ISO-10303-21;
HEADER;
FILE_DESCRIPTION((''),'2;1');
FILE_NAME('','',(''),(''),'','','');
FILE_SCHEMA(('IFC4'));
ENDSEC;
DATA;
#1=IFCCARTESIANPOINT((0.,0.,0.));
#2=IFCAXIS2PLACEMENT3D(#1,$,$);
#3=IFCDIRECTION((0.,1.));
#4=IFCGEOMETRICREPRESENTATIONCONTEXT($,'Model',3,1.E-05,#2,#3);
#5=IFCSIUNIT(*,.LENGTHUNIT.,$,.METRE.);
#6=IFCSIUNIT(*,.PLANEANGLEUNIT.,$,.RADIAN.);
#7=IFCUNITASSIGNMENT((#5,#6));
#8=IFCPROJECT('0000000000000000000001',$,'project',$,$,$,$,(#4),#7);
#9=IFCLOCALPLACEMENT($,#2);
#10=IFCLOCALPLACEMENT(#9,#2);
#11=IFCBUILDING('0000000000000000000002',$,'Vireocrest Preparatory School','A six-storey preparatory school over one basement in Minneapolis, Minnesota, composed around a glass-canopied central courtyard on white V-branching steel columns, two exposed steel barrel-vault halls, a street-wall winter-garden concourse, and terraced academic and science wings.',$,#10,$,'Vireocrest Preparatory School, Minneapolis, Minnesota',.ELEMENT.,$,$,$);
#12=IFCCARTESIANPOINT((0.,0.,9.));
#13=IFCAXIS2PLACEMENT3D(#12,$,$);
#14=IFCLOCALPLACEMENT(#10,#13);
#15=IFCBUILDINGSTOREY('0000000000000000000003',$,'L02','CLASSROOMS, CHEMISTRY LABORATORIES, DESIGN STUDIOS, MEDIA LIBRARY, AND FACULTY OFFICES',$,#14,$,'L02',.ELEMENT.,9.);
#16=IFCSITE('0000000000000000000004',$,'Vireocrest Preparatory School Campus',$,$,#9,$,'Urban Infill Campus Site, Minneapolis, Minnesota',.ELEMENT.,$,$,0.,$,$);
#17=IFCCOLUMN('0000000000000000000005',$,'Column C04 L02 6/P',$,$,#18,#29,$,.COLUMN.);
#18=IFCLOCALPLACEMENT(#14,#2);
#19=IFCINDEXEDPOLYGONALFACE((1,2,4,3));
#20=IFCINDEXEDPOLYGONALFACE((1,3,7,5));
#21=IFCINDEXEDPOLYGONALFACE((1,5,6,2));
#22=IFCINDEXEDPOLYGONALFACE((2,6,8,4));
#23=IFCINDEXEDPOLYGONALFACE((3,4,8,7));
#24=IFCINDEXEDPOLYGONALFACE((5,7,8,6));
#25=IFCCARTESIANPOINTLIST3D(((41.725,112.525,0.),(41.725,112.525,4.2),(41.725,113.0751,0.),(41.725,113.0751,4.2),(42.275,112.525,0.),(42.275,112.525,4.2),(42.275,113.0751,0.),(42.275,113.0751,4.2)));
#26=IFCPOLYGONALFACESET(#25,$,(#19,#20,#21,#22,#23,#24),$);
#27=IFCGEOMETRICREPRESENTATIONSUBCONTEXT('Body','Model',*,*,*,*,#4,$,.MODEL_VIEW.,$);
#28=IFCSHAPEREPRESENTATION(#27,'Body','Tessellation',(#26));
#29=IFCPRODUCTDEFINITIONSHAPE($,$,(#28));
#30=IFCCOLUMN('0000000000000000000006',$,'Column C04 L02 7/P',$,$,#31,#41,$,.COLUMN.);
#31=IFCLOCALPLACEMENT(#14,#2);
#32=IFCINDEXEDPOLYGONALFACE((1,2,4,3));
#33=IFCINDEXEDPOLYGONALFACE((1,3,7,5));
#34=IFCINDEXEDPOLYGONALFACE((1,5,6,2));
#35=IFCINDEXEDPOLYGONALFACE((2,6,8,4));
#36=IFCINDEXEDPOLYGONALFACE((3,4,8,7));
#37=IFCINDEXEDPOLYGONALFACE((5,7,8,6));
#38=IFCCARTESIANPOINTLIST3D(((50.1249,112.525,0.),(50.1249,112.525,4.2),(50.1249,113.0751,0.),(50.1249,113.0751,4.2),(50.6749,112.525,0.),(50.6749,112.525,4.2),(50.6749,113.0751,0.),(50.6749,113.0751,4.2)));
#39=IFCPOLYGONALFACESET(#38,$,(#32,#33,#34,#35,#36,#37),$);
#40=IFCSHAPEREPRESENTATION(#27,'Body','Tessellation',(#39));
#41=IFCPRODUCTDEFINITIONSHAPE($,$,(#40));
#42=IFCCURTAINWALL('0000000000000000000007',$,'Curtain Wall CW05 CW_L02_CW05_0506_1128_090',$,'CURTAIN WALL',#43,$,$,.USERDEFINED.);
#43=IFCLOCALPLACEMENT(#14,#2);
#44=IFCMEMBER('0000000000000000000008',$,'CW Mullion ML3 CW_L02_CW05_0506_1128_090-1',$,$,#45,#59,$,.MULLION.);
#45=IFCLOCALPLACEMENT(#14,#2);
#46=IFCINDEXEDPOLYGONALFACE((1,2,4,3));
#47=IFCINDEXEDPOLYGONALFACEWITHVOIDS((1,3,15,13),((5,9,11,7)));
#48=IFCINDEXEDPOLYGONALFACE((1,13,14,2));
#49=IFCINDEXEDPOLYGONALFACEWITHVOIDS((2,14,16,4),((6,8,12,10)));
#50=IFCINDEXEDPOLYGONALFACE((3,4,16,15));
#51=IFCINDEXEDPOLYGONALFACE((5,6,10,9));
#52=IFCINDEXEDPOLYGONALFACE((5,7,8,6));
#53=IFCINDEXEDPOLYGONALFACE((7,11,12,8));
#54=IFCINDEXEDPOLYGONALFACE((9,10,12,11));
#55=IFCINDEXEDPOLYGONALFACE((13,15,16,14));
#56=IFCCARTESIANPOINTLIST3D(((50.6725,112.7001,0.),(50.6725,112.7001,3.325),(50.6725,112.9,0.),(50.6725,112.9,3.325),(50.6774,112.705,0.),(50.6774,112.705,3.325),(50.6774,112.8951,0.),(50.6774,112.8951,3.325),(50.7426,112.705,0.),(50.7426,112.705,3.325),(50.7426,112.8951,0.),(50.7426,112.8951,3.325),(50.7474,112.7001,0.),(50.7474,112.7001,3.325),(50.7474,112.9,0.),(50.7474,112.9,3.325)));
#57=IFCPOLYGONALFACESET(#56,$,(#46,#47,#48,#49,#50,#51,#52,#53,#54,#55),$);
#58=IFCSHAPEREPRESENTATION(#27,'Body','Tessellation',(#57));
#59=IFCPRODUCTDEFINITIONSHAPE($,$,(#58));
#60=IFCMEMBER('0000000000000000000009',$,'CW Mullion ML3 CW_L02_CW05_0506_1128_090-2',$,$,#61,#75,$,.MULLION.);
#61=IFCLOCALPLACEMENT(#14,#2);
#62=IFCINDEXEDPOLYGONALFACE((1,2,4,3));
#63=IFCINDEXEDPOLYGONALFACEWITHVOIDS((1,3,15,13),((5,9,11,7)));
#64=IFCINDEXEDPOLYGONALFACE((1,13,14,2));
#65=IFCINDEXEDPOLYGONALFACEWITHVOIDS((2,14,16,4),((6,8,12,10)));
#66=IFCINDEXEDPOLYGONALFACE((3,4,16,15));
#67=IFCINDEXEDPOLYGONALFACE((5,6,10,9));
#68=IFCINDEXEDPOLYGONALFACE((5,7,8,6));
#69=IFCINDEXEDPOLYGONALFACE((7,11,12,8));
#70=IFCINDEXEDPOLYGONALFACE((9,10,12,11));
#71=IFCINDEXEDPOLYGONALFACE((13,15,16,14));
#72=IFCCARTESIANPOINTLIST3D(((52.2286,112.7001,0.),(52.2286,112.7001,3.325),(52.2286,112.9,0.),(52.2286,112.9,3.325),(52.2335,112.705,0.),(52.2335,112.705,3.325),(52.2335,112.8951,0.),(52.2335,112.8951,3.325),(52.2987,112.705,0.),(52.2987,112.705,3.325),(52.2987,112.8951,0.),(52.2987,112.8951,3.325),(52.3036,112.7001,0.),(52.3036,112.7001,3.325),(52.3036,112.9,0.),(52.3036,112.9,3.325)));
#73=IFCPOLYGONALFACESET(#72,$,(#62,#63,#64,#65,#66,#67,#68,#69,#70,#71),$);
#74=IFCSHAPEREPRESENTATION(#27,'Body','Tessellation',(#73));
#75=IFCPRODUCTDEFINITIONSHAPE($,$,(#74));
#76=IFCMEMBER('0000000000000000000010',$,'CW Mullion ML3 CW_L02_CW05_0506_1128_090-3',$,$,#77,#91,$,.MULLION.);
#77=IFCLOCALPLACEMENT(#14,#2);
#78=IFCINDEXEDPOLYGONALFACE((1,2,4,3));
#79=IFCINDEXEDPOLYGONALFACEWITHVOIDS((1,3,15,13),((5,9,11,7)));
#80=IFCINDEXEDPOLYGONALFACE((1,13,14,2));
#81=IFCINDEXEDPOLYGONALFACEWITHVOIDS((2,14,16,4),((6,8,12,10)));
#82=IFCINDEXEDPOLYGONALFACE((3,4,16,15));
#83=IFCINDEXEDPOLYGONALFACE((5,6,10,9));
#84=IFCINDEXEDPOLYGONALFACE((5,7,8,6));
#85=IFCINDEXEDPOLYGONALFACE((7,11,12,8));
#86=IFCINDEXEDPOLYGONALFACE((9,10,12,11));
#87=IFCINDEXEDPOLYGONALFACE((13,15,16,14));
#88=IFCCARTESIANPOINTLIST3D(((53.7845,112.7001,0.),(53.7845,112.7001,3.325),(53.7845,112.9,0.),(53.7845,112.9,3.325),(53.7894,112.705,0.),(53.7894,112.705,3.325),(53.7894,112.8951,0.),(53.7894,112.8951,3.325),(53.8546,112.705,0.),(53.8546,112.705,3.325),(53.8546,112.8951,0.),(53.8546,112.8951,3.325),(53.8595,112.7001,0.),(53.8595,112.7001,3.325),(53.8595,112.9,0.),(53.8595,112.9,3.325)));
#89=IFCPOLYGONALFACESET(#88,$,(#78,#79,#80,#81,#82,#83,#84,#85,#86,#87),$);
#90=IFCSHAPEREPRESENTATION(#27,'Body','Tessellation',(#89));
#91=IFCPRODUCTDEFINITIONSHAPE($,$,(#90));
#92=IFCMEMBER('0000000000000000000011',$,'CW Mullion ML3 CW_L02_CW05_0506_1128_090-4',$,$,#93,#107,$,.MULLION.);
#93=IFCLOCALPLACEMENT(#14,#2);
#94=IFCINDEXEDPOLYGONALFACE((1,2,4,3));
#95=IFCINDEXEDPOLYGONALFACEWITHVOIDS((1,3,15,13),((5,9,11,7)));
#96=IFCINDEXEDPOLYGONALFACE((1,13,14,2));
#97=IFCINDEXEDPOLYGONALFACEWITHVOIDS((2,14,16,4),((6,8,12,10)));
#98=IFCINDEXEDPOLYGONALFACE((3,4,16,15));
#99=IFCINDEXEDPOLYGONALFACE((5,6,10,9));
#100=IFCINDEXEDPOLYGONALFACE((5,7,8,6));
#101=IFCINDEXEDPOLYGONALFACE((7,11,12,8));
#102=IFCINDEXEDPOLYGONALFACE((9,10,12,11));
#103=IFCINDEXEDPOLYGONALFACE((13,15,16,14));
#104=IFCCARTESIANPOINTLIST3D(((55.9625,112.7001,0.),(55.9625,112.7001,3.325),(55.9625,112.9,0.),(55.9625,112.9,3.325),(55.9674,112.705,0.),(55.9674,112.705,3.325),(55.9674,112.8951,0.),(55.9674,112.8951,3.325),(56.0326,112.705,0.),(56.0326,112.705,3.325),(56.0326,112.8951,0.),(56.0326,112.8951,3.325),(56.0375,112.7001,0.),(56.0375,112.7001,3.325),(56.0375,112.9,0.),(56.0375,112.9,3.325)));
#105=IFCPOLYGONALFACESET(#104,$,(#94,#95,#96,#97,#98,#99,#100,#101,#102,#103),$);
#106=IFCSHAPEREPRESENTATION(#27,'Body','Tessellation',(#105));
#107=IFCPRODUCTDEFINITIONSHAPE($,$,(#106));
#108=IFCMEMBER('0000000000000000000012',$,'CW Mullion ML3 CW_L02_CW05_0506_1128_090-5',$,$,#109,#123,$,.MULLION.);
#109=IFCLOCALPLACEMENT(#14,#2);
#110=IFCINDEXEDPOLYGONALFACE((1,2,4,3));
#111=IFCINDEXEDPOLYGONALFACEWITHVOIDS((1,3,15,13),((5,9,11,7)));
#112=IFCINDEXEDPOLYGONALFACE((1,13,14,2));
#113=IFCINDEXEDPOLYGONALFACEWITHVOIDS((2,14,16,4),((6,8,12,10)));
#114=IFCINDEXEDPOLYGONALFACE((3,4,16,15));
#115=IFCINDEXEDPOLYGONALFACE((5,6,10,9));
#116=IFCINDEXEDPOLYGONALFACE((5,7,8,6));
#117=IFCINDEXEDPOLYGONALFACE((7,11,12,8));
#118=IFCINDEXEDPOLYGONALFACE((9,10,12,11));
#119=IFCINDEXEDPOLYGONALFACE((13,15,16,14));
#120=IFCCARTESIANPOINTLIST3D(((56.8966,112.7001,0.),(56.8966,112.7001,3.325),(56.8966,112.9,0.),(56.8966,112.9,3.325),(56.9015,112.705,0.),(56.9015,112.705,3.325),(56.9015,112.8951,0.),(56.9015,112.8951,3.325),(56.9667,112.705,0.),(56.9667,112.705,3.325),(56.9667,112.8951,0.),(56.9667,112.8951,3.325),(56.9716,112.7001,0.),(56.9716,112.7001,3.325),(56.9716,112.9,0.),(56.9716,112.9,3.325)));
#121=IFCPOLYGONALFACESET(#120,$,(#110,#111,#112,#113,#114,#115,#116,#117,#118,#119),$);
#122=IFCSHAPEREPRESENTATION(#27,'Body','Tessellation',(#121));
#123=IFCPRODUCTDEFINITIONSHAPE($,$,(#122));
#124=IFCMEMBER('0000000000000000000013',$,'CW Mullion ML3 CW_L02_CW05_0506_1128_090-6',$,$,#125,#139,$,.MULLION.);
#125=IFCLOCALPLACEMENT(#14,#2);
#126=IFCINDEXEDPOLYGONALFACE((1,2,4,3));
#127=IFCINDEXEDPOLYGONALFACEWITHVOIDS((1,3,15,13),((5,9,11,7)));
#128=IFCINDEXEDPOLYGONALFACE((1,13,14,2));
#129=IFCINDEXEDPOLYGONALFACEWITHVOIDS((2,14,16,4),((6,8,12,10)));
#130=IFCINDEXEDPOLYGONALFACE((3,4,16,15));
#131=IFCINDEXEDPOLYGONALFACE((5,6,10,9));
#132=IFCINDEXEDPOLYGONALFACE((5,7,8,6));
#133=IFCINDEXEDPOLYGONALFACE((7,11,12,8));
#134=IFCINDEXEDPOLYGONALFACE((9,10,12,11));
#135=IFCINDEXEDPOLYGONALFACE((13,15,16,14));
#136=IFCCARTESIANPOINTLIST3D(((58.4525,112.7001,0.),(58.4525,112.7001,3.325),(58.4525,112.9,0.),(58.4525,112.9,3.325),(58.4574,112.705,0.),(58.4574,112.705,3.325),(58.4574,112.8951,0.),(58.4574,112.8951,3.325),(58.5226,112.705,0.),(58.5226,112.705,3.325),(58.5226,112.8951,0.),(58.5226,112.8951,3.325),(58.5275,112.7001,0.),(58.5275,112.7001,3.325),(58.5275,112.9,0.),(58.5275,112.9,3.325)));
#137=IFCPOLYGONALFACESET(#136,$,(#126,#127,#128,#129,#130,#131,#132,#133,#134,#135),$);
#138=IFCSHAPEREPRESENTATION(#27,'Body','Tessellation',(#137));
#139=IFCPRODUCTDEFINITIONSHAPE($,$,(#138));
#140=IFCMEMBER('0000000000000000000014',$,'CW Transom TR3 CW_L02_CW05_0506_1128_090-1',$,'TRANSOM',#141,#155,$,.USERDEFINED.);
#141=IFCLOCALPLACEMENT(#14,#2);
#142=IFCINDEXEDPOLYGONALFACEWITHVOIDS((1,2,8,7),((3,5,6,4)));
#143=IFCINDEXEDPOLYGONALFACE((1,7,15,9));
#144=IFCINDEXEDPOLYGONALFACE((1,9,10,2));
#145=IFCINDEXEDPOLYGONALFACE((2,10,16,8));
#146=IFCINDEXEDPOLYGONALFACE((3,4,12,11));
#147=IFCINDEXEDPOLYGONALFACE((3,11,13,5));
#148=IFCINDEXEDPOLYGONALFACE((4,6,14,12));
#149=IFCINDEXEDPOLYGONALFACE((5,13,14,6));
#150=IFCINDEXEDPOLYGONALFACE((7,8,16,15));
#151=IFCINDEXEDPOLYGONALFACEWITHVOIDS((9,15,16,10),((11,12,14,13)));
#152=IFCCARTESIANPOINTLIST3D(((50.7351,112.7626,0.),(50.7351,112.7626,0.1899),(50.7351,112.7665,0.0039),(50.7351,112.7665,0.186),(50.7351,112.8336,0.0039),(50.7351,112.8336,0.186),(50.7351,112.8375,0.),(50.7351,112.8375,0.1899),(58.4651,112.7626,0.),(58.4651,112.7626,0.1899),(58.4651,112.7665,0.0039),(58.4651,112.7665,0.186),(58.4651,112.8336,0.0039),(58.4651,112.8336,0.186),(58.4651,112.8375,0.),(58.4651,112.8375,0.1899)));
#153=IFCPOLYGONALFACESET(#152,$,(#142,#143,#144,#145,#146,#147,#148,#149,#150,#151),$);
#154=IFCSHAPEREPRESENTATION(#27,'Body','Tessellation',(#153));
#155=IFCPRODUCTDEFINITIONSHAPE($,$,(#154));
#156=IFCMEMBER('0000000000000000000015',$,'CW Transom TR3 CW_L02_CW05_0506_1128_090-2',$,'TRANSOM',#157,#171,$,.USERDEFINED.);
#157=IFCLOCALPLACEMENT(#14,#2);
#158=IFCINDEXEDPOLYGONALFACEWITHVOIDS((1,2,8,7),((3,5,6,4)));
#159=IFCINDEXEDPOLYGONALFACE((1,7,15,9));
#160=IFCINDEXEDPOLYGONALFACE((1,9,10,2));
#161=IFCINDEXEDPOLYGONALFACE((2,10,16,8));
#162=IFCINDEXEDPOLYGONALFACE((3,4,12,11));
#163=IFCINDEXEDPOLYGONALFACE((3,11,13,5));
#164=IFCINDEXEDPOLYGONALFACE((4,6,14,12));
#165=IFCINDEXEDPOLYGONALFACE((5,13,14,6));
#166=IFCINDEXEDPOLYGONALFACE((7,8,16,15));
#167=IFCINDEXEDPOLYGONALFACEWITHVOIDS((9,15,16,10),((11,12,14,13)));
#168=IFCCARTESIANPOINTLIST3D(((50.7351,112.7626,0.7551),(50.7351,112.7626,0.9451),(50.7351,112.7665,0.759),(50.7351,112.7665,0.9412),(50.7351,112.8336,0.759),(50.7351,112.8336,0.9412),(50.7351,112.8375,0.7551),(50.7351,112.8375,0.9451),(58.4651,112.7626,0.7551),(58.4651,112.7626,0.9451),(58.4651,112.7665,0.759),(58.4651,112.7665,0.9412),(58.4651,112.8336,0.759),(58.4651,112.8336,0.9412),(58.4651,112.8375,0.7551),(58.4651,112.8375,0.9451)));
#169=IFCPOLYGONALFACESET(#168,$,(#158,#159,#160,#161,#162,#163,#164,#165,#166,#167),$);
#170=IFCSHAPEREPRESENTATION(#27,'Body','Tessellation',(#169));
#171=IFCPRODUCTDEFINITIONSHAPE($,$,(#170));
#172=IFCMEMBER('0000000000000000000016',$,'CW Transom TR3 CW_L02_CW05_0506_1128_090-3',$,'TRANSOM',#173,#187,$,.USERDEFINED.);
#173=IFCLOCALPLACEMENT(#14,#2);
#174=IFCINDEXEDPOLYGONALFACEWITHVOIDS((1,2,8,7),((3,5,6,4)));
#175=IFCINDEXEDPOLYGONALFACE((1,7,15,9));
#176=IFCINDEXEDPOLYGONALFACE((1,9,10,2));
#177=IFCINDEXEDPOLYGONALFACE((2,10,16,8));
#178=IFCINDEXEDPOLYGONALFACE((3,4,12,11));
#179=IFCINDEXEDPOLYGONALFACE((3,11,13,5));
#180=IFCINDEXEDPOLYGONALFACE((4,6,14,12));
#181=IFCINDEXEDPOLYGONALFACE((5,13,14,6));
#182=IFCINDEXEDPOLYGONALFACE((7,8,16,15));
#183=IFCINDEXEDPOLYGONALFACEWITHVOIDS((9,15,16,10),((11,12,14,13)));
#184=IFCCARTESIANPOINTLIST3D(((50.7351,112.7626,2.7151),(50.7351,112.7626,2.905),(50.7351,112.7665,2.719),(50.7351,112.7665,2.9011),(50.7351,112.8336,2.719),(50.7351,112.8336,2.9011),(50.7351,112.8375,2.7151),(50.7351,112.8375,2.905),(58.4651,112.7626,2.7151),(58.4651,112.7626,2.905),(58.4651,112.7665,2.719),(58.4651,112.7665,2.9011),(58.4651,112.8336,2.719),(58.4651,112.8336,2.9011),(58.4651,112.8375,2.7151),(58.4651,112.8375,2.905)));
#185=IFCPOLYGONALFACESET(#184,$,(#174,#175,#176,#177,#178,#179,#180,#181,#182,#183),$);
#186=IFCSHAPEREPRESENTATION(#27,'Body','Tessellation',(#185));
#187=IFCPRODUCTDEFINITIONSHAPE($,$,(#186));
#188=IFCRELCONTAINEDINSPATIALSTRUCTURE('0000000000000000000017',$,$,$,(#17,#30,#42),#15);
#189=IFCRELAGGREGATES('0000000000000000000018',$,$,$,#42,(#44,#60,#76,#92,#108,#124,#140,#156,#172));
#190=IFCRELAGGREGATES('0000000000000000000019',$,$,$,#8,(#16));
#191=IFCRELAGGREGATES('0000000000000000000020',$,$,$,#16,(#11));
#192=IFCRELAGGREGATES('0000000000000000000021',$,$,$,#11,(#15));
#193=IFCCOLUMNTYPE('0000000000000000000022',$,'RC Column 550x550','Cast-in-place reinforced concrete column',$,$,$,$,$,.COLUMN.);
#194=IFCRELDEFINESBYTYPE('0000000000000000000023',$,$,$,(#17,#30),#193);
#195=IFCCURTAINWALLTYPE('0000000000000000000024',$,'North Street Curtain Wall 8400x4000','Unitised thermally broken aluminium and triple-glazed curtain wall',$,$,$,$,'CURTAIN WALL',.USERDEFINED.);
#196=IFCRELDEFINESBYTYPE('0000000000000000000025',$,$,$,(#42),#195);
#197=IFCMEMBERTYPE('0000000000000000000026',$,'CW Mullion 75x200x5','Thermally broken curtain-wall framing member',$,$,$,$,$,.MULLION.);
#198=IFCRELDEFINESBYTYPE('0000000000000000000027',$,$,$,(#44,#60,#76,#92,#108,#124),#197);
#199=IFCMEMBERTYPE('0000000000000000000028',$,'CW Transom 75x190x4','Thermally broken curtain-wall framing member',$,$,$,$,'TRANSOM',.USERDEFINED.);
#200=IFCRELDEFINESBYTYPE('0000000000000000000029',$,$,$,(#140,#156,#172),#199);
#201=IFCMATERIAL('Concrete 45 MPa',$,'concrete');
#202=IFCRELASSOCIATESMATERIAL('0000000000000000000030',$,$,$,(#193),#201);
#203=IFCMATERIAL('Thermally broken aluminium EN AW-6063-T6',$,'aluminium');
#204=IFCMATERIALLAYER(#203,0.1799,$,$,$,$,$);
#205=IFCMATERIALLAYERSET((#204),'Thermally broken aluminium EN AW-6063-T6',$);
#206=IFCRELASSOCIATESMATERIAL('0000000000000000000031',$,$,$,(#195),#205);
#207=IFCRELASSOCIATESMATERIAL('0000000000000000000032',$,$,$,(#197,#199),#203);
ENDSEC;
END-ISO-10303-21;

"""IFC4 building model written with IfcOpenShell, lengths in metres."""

from ifc_helpers import new_model, si_unit, direction, frame, origin, origin_2d, place, context, subcontext, project, spatial, rectangle, hollow_rectangle, extrude, material, layer, layer_set, material_profile, profile_set, type_object, element, aggregate, save


model = new_model("IFC4")

# Units and contexts
model_context = context("Model", 3, precision=1e-05, world=origin(), true_north=direction((0.0, 1.0)))
body_context = subcontext(model_context, "Body", "Model", "MODEL_VIEW")
ifc_project = project(units=[si_unit("LENGTHUNIT", "METRE"), si_unit("PLANEANGLEUNIT", "RADIAN")], contexts=[model_context])

# Site, building, storey
site_placement = place(None, origin())
site = spatial("IfcSite", under=ifc_project, at=site_placement, Name="Vireocrest Preparatory School Campus", LongName="Urban Infill Campus Site, Minneapolis, Minnesota", CompositionType="ELEMENT", RefElevation=0.0)
building_placement = place(site_placement, origin())
building = spatial("IfcBuilding", under=site, at=building_placement, Name="Vireocrest Preparatory School", Description="A six-storey preparatory school over one basement in Minneapolis, Minnesota, composed around a glass-canopied central courtyard on white V-branching steel columns, two exposed steel barrel-vault halls, a street-wall winter-garden concourse, and terraced academic and science wings.", LongName="Vireocrest Preparatory School, Minneapolis, Minnesota", CompositionType="ELEMENT")
storey_placement = place(building_placement, frame((0.0, 0.0, 9.0)))
storey = spatial("IfcBuildingStorey", under=building, at=storey_placement, Name="L02", Description="CLASSROOMS, CHEMISTRY LABORATORIES, DESIGN STUDIOS, MEDIA LIBRARY, AND FACULTY OFFICES", LongName="L02", CompositionType="ELEMENT", Elevation=9.0)

# Columns
ifc_material_1 = material(Name="Concrete 45 MPa", Category="concrete")
ifc_material_profile_1 = material_profile(ifc_material_1, rectangle(XDim=0.55, YDim=0.55, at=origin_2d()), Name="RC 550x550")
ifc_profile_set_1 = profile_set([ifc_material_profile_1], Name="Concrete 45 MPa")
column_type = type_object("IfcColumnType", Name="RC Column 550x550", Description="Cast-in-place reinforced concrete column", PredefinedType="COLUMN", material=ifc_profile_set_1)
for number, where, z_axis, x_axis, name in (
    (1, (42.0, 112.8, 0.0), (0.0, 0.0, 1.0), (1.0, 0.0, 0.0), "Column C04 L02 6/P"),
    (2, (50.3999, 112.8, 0.0), (0.0, 0.0, 1.0), (1.0, 0.0, 0.0), "Column C04 L02 7/P"),
):
    element("IfcColumn", number, at=place(storey_placement, frame(where, z_axis=z_axis, x_axis=x_axis)), inside=storey, type_object=column_type, Name=name, PredefinedType="COLUMN", context=body_context, shape_type="SweptSolid", body=[
        extrude(rectangle(XDim=0.55, YDim=0.55, at=origin_2d()), origin(), (0.0, 0.0, 1.0), 4.2),
    ])

# Curtain wall, members
ifc_material_2 = material(Name="Thermally broken aluminium EN AW-6063-T6", Category="aluminium")
ifc_layer_1 = layer(ifc_material_2, 0.1799)
ifc_layer_set_1 = layer_set([ifc_layer_1], Name="Thermally broken aluminium EN AW-6063-T6")
curtain_wall_type = type_object("IfcCurtainWallType", Name="North Street Curtain Wall 8400x4000", Description="Unitised thermally broken aluminium and triple-glazed curtain wall", ElementType="CURTAIN WALL", PredefinedType="USERDEFINED", material=ifc_layer_set_1)
curtain_wall_placement = place(storey_placement, origin())
curtain_wall = element("IfcCurtainWall", 3, at=curtain_wall_placement, inside=storey, type_object=curtain_wall_type, Name="Curtain Wall CW05 CW_L02_CW05_0506_1128_090", ObjectType="CURTAIN WALL", PredefinedType="USERDEFINED")
ifc_material_profile_2 = material_profile(ifc_material_2, hollow_rectangle(XDim=0.075, YDim=0.2, WallThickness=0.0049, at=origin_2d()), Name="ALU 75x200x5")
ifc_profile_set_2 = profile_set([ifc_material_profile_2], Name="Thermally broken aluminium EN AW-6063-T6")
member_type_1 = type_object("IfcMemberType", Name="CW Mullion 75x200x5", Description="Thermally broken curtain-wall framing member", PredefinedType="MULLION", material=ifc_profile_set_2)
member_1_placement = place(storey_placement, frame((50.71, 112.8, 0.0), z_axis=(0.0, 0.0, 1.0), x_axis=(1.0, 0.0, 0.0)))
member_1 = element("IfcMember", 4, at=member_1_placement, type_object=member_type_1, Name="CW Mullion ML3 CW_L02_CW05_0506_1128_090-1", PredefinedType="MULLION", context=body_context, shape_type="SweptSolid", body=[
    extrude(hollow_rectangle(XDim=0.075, YDim=0.2, WallThickness=0.0049, at=origin_2d()), origin(), (0.0, 0.0, 1.0), 3.325),
])
member_2_placement = place(storey_placement, frame((52.2661, 112.8, 0.0), z_axis=(0.0, 0.0, 1.0), x_axis=(1.0, 0.0, 0.0)))
member_2 = element("IfcMember", 5, at=member_2_placement, type_object=member_type_1, Name="CW Mullion ML3 CW_L02_CW05_0506_1128_090-2", PredefinedType="MULLION", context=body_context, shape_type="SweptSolid", body=[
    extrude(hollow_rectangle(XDim=0.075, YDim=0.2, WallThickness=0.0049, at=origin_2d()), origin(), (0.0, 0.0, 1.0), 3.325),
])
member_3_placement = place(storey_placement, frame((53.822, 112.8, 0.0), z_axis=(0.0, 0.0, 1.0), x_axis=(1.0, 0.0, 0.0)))
member_3 = element("IfcMember", 6, at=member_3_placement, type_object=member_type_1, Name="CW Mullion ML3 CW_L02_CW05_0506_1128_090-3", PredefinedType="MULLION", context=body_context, shape_type="SweptSolid", body=[
    extrude(hollow_rectangle(XDim=0.075, YDim=0.2, WallThickness=0.0049, at=origin_2d()), origin(), (0.0, 0.0, 1.0), 3.325),
])
member_4_placement = place(storey_placement, frame((56.0, 112.8, 0.0), z_axis=(0.0, 0.0, 1.0), x_axis=(1.0, 0.0, 0.0)))
member_4 = element("IfcMember", 7, at=member_4_placement, type_object=member_type_1, Name="CW Mullion ML3 CW_L02_CW05_0506_1128_090-4", PredefinedType="MULLION", context=body_context, shape_type="SweptSolid", body=[
    extrude(hollow_rectangle(XDim=0.075, YDim=0.2, WallThickness=0.0049, at=origin_2d()), origin(), (0.0, 0.0, 1.0), 3.325),
])
member_5_placement = place(storey_placement, frame((56.9341, 112.8, 0.0), z_axis=(0.0, 0.0, 1.0), x_axis=(1.0, 0.0, 0.0)))
member_5 = element("IfcMember", 8, at=member_5_placement, type_object=member_type_1, Name="CW Mullion ML3 CW_L02_CW05_0506_1128_090-5", PredefinedType="MULLION", context=body_context, shape_type="SweptSolid", body=[
    extrude(hollow_rectangle(XDim=0.075, YDim=0.2, WallThickness=0.0049, at=origin_2d()), origin(), (0.0, 0.0, 1.0), 3.325),
])
member_6_placement = place(storey_placement, frame((58.49, 112.8, 0.0), z_axis=(0.0, 0.0, 1.0), x_axis=(1.0, 0.0, 0.0)))
member_6 = element("IfcMember", 9, at=member_6_placement, type_object=member_type_1, Name="CW Mullion ML3 CW_L02_CW05_0506_1128_090-6", PredefinedType="MULLION", context=body_context, shape_type="SweptSolid", body=[
    extrude(hollow_rectangle(XDim=0.075, YDim=0.2, WallThickness=0.0049, at=origin_2d()), origin(), (0.0, 0.0, 1.0), 3.325),
])
ifc_material_profile_3 = material_profile(ifc_material_2, hollow_rectangle(XDim=0.075, YDim=0.1899, WallThickness=0.0039, at=origin_2d()), Name="ALU 75x190x4")
ifc_profile_set_3 = profile_set([ifc_material_profile_3], Name="Thermally broken aluminium EN AW-6063-T6")
member_type_2 = type_object("IfcMemberType", Name="CW Transom 75x190x4", Description="Thermally broken curtain-wall framing member", ElementType="TRANSOM", PredefinedType="USERDEFINED", material=ifc_profile_set_3)
member_7_placement = place(storey_placement, frame((50.7351, 112.8, 0.095), z_axis=(1.0, 0.0, 0.0), x_axis=(0.0, 1.0, 0.0)))
member_7 = element("IfcMember", 10, at=member_7_placement, type_object=member_type_2, Name="CW Transom TR3 CW_L02_CW05_0506_1128_090-1", ObjectType="TRANSOM", PredefinedType="USERDEFINED", context=body_context, shape_type="SweptSolid", body=[
    extrude(hollow_rectangle(XDim=0.075, YDim=0.1899, WallThickness=0.0039, at=origin_2d()), origin(), (0.0, 0.0, 1.0), 7.73),
])
member_8_placement = place(storey_placement, frame((50.7351, 112.8, 0.8501), z_axis=(1.0, 0.0, 0.0), x_axis=(0.0, 1.0, 0.0)))
member_8 = element("IfcMember", 11, at=member_8_placement, type_object=member_type_2, Name="CW Transom TR3 CW_L02_CW05_0506_1128_090-2", ObjectType="TRANSOM", PredefinedType="USERDEFINED", context=body_context, shape_type="SweptSolid", body=[
    extrude(hollow_rectangle(XDim=0.075, YDim=0.1899, WallThickness=0.0039, at=origin_2d()), origin(), (0.0, 0.0, 1.0), 7.73),
])
member_9_placement = place(storey_placement, frame((50.7351, 112.8, 2.8101), z_axis=(1.0, 0.0, 0.0), x_axis=(0.0, 1.0, 0.0)))
member_9 = element("IfcMember", 12, at=member_9_placement, type_object=member_type_2, Name="CW Transom TR3 CW_L02_CW05_0506_1128_090-3", ObjectType="TRANSOM", PredefinedType="USERDEFINED", context=body_context, shape_type="SweptSolid", body=[
    extrude(hollow_rectangle(XDim=0.075, YDim=0.1899, WallThickness=0.0039, at=origin_2d()), origin(), (0.0, 0.0, 1.0), 7.73),
])

aggregate(curtain_wall, [member_1, member_2, member_3, member_4, member_5, member_6, member_7, member_8, member_9])

save(model, "model.ifc")
